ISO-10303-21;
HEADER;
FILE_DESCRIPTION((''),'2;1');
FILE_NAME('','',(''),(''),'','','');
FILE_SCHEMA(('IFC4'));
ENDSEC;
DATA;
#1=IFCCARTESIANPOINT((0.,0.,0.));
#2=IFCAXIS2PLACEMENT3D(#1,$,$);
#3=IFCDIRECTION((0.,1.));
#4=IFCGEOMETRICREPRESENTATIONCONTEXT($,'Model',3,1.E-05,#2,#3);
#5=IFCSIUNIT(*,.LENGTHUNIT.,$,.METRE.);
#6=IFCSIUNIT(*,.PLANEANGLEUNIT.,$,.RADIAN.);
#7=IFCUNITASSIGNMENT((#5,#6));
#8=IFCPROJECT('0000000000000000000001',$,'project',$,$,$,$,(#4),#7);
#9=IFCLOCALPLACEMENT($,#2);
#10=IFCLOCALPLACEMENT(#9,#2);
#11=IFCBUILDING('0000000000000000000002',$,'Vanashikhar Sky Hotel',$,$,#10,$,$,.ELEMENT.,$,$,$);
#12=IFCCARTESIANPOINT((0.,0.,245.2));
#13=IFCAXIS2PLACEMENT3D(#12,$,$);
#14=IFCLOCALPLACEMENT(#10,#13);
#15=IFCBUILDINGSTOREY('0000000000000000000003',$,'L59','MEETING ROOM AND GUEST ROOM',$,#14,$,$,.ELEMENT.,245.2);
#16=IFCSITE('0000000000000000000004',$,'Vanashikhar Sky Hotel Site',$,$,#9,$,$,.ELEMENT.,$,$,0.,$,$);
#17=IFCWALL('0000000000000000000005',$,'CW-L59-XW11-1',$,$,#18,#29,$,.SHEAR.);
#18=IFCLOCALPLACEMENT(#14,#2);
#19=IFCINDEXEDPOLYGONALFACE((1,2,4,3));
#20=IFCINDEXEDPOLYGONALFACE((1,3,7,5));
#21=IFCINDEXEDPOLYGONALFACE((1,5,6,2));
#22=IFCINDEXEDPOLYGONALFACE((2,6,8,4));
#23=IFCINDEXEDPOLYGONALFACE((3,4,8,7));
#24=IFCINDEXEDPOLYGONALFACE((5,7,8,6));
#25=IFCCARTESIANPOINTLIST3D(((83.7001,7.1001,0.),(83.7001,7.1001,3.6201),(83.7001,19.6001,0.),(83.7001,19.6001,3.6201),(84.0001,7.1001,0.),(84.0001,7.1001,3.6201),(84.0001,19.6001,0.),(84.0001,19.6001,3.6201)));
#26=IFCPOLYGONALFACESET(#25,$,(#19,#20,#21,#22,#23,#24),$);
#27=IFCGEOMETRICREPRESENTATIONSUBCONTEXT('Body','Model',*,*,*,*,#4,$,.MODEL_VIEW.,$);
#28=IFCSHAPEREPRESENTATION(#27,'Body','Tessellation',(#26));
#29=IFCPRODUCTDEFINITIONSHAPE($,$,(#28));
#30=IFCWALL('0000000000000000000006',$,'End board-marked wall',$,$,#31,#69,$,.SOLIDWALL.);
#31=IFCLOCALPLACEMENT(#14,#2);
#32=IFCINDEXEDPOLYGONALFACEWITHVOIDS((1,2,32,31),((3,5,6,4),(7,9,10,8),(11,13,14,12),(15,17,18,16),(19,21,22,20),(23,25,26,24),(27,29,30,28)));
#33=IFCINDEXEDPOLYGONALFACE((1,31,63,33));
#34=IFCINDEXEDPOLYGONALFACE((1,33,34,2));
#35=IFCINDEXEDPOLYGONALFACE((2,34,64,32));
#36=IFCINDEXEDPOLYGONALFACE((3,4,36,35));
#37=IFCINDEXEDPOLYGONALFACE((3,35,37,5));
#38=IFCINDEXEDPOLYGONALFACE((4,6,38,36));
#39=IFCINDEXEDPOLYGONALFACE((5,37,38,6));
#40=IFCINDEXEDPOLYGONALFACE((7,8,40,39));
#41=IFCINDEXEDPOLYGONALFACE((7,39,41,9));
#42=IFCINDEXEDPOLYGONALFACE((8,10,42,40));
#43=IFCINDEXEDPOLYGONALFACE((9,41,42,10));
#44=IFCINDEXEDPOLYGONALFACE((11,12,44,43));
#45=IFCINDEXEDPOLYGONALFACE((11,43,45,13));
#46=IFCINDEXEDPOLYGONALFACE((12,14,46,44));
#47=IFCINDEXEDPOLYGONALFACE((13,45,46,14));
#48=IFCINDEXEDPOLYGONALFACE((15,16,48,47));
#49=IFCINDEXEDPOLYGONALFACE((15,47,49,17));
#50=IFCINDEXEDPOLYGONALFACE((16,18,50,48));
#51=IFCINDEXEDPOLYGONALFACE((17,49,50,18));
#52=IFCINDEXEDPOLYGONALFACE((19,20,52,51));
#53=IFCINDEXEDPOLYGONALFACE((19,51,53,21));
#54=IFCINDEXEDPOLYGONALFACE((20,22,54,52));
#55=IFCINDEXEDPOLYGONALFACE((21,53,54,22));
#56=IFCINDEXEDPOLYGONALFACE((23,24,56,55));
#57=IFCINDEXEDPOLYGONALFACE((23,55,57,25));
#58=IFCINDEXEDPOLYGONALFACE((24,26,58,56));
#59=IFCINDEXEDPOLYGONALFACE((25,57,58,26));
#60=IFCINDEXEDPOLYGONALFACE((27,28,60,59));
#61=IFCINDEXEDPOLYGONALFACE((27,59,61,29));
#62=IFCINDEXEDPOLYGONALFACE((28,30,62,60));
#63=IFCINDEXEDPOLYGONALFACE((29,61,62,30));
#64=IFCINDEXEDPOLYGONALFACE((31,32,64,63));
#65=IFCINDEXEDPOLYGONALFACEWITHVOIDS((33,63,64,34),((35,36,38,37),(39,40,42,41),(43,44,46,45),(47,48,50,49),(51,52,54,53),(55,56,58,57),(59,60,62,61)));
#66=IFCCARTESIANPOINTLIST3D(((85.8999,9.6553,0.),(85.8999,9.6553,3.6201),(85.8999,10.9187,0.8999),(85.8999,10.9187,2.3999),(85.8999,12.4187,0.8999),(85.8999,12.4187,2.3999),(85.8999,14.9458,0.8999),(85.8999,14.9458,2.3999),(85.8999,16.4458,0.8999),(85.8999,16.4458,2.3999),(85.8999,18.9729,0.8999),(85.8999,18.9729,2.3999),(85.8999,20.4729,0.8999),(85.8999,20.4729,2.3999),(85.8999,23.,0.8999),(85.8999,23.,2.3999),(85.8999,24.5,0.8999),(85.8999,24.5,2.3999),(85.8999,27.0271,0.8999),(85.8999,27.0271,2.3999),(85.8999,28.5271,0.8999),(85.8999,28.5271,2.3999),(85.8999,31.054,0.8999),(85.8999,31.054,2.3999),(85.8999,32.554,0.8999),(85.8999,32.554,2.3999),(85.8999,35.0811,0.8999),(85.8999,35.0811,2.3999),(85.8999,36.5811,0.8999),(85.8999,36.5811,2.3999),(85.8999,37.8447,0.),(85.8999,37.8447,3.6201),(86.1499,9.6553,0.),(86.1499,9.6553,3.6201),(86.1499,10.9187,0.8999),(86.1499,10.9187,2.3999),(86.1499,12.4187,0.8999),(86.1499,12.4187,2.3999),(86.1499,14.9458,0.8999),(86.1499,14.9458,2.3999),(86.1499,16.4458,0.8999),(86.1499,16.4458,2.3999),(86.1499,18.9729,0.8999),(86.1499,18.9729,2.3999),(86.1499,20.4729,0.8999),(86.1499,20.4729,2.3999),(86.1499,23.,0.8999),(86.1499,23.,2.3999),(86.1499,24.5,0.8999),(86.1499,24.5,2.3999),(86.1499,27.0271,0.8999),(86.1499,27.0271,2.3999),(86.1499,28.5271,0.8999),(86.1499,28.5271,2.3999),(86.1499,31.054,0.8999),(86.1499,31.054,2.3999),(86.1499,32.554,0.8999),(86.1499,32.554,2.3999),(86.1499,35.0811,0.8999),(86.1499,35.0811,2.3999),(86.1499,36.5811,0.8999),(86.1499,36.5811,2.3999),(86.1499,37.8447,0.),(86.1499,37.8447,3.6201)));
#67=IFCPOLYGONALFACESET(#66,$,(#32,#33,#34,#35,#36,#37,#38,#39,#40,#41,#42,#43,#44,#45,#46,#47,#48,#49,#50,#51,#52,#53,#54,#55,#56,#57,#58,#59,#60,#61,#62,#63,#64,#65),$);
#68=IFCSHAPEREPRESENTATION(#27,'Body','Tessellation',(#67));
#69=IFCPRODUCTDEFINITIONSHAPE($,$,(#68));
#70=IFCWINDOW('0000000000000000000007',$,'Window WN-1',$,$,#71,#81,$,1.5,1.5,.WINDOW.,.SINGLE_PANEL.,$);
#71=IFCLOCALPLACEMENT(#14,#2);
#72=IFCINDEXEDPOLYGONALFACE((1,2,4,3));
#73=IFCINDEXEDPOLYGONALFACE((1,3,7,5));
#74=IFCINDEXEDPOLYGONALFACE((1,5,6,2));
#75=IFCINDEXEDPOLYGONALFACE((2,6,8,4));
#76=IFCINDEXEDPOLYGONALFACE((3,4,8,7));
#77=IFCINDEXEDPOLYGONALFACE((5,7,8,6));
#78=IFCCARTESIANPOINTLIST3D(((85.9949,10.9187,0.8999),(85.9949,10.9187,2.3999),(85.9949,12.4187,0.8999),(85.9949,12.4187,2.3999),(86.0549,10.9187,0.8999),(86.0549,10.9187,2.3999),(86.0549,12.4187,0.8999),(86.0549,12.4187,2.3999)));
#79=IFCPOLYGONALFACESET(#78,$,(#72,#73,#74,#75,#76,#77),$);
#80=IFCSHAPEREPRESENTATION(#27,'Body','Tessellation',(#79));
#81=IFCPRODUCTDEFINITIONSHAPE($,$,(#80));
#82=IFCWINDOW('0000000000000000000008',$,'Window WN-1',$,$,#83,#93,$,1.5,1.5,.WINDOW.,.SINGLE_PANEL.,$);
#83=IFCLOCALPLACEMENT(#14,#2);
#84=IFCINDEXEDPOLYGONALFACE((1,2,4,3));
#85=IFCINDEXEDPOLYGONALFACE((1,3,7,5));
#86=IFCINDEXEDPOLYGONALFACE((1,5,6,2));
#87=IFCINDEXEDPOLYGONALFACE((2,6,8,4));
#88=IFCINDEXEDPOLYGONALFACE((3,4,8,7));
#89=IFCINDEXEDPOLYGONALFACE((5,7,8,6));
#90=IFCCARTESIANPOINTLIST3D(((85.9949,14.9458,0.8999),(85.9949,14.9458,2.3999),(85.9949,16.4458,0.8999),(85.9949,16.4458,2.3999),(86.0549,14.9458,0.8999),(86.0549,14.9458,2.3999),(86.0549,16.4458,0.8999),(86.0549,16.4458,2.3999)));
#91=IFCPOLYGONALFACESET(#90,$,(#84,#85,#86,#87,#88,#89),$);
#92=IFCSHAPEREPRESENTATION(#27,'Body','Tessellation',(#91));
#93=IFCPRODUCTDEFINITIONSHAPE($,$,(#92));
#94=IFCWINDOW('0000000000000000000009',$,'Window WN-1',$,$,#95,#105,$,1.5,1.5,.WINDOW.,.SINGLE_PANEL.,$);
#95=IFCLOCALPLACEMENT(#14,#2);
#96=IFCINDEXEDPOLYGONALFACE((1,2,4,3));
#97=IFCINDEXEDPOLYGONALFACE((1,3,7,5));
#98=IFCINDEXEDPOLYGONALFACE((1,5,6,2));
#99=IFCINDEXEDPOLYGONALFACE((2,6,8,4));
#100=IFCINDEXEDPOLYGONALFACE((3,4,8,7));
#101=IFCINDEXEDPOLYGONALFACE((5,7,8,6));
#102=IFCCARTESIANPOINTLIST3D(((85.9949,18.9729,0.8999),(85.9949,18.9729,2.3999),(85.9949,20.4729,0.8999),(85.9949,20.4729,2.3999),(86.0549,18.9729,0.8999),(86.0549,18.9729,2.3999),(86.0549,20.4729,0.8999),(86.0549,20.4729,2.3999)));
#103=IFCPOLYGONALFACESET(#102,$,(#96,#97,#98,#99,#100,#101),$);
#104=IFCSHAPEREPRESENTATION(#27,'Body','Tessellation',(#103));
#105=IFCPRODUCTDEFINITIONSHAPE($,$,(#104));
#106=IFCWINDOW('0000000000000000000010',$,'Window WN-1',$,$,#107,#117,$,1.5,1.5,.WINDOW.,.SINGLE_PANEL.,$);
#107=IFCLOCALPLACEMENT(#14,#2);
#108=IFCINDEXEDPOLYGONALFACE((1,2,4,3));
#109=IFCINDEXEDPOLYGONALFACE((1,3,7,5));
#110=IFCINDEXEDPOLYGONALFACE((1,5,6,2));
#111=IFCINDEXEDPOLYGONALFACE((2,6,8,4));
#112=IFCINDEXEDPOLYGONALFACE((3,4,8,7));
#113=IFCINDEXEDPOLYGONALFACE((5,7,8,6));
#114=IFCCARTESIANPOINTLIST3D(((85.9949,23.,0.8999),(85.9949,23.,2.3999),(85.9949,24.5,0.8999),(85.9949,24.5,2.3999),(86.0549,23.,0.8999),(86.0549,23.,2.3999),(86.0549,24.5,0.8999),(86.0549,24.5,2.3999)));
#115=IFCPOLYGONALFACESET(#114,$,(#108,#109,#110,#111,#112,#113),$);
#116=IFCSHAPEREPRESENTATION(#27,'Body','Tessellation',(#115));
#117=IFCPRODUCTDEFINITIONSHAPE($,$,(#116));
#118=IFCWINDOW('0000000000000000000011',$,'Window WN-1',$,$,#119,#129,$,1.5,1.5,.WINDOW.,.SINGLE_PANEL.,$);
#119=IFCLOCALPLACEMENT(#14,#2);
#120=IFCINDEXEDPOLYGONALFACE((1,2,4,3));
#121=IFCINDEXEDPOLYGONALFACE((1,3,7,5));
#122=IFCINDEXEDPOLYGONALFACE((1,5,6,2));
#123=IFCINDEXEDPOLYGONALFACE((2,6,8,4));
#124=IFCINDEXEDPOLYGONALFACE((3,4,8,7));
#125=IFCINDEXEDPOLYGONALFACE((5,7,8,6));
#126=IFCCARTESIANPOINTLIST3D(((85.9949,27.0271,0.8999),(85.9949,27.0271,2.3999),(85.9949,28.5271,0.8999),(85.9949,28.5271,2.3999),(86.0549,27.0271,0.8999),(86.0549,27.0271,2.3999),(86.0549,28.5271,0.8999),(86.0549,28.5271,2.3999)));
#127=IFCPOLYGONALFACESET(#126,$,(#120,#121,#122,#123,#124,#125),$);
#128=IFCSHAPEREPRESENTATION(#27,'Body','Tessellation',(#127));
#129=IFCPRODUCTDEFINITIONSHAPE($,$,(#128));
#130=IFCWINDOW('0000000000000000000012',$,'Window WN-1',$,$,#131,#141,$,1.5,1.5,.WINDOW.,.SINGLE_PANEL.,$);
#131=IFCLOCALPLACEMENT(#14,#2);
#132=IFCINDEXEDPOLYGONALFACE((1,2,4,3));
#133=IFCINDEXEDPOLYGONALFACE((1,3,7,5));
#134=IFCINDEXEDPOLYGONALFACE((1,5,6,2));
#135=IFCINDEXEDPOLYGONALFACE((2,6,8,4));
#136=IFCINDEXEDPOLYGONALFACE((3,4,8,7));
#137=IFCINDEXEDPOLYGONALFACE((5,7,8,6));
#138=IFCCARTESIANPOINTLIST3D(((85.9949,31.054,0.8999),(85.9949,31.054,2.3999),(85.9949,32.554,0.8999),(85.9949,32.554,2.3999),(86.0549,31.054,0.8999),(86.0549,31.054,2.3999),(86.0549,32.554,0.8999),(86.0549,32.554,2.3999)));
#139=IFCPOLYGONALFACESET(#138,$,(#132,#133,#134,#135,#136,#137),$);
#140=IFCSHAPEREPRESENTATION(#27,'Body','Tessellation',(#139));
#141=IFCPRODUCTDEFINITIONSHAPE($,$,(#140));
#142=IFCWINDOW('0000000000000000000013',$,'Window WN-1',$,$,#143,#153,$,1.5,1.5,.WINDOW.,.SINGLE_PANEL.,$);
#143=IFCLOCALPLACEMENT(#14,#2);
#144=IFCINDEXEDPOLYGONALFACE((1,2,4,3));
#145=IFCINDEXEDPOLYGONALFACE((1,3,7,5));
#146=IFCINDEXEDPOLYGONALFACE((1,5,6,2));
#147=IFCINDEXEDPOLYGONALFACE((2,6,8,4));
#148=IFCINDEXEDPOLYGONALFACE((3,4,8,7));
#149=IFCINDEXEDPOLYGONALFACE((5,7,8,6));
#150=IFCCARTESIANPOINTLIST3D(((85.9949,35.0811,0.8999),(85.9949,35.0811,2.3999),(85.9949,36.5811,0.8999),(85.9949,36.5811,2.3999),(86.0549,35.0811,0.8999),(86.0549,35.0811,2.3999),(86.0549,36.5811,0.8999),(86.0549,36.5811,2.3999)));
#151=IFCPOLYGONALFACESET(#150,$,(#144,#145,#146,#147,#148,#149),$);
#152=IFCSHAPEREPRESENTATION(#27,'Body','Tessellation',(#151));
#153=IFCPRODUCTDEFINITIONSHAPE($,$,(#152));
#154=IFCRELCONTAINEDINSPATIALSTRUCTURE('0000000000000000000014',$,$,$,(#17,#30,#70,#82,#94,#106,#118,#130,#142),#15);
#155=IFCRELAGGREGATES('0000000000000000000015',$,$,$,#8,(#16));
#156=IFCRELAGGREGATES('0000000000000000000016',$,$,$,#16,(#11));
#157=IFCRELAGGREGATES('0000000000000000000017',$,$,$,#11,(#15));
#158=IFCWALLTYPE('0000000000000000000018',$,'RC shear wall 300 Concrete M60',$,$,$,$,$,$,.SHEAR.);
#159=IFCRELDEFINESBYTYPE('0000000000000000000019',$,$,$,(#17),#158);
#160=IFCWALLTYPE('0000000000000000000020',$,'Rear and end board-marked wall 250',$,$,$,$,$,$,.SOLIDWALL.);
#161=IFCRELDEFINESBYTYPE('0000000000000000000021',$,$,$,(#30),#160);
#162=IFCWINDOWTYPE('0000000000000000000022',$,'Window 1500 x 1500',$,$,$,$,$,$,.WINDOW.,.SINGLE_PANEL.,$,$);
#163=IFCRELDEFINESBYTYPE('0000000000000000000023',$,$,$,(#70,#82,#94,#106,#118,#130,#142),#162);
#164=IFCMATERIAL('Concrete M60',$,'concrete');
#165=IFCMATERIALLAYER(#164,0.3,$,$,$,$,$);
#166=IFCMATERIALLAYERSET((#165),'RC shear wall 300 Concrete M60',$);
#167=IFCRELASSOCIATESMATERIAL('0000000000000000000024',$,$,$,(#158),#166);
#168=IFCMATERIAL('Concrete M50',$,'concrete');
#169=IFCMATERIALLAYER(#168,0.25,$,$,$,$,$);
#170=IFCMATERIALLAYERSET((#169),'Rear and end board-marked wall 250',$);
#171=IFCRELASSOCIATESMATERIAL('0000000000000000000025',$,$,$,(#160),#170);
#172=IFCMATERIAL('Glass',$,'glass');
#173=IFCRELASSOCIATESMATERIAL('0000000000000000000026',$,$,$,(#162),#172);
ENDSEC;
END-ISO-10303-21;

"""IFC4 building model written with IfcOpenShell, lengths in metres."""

from ifc_helpers import new_model, si_unit, direction, frame, frame_2d, origin, place, context, subcontext, project, spatial, rectangle, extrude, source, transform, mapped, material, layer, layer_set, type_object, element, fill, save


model = new_model("IFC4")

# Units and contexts
model_context = context("Model", 3, precision=1e-05, world=origin(), true_north=direction((0.0, 1.0)))
body_context = subcontext(model_context, "Body", "Model", "MODEL_VIEW")
ifc_project = project(units=[si_unit("LENGTHUNIT", "METRE"), si_unit("PLANEANGLEUNIT", "RADIAN")], contexts=[model_context])

# Site, building, storey
site_placement = place(None, origin())
site = spatial("IfcSite", under=ifc_project, at=site_placement, Name="Vanashikhar Sky Hotel Site", CompositionType="ELEMENT", RefElevation=0.0)
building_placement = place(site_placement, origin())
building = spatial("IfcBuilding", under=site, at=building_placement, Name="Vanashikhar Sky Hotel", CompositionType="ELEMENT")
storey_placement = place(building_placement, frame((0.0, 0.0, 245.2)))
storey = spatial("IfcBuildingStorey", under=building, at=storey_placement, Name="L59", Description="MEETING ROOM AND GUEST ROOM", CompositionType="ELEMENT", Elevation=245.2)

# Wall
ifc_material_1 = material(Name="Concrete M60", Category="concrete")
ifc_layer_1 = layer(ifc_material_1, 0.3)
ifc_layer_set_1 = layer_set([ifc_layer_1], Name="RC shear wall 300 Concrete M60")
wall_type_1 = type_object("IfcWallType", Name="RC shear wall 300 Concrete M60", PredefinedType="SHEAR", material=ifc_layer_set_1)
shared_shape_1 = source(origin(), body_context, "Body", "SweptSolid", [
    extrude(rectangle(XDim=12.5, YDim=0.3, at=frame_2d((6.25, 0.0))), origin(), (0.0, 0.0, 1.0), 3.6201),
])
wall_1_placement = place(storey_placement, frame((83.8501, 7.1001, 0.0), z_axis=(0.0, 0.0, 1.0), x_axis=(0.0, 1.0, 0.0)))
element("IfcWall", 1, at=wall_1_placement, inside=storey, type_object=wall_type_1, Name="CW-L59-XW11-1", PredefinedType="SHEAR", context=body_context, shape_type="MappedRepresentation", body=[
    mapped(shared_shape_1, transform((0.0, 0.0, 0.0), scale=1.0)),
])

# Wall, openings, windows
ifc_material_2 = material(Name="Concrete M50", Category="concrete")
ifc_layer_2 = layer(ifc_material_2, 0.25)
ifc_layer_set_2 = layer_set([ifc_layer_2], Name="Rear and end board-marked wall 250")
wall_type_2 = type_object("IfcWallType", Name="Rear and end board-marked wall 250", PredefinedType="SOLIDWALL", material=ifc_layer_set_2)
shared_shape_2 = source(origin(), body_context, "Body", "SweptSolid", [
    extrude(rectangle(XDim=28.1895, YDim=0.25, at=frame_2d((14.0947, 0.0))), origin(), (0.0, 0.0, 1.0), 3.6201),
])
wall_2_placement = place(storey_placement, frame((86.0249, 9.6553, 0.0), z_axis=(0.0, 0.0, 1.0), x_axis=(0.0, 1.0, 0.0)))
wall_2 = element("IfcWall", 2, at=wall_2_placement, inside=storey, type_object=wall_type_2, Name="End board-marked wall", PredefinedType="SOLIDWALL", context=body_context, shape_type="MappedRepresentation", body=[
    mapped(shared_shape_2, transform((0.0, 0.0, 0.0), scale=1.0)),
])
shared_shape_3 = source(origin(), body_context, "Body", "SweptSolid", [
    extrude(rectangle(XDim=1.5, YDim=1.5, at=frame_2d((0.75, 0.75))), frame((0.0, 0.135, 0.0), z_axis=(0.0, -1.0, 0.0), x_axis=(1.0, 0.0, 0.0)), (0.0, 0.0, 1.0), 0.27),
])
opening_1_placement = place(wall_2_placement, frame((1.2634, 0.0, 0.8999)))
opening_1 = element("IfcOpeningElement", 3, at=opening_1_placement, cuts=wall_2, PredefinedType="OPENING", context=body_context, shape_type="MappedRepresentation", body=[
    mapped(shared_shape_3, transform((0.0, 0.0, 0.0), scale=1.0)),
])
opening_2_placement = place(wall_2_placement, frame((5.2905, 0.0, 0.8999)))
opening_2 = element("IfcOpeningElement", 4, at=opening_2_placement, cuts=wall_2, PredefinedType="OPENING", context=body_context, shape_type="MappedRepresentation", body=[
    mapped(shared_shape_3, transform((0.0, 0.0, 0.0), scale=1.0)),
])
opening_3_placement = place(wall_2_placement, frame((9.3176, 0.0, 0.8999)))
opening_3 = element("IfcOpeningElement", 5, at=opening_3_placement, cuts=wall_2, PredefinedType="OPENING", context=body_context, shape_type="MappedRepresentation", body=[
    mapped(shared_shape_3, transform((0.0, 0.0, 0.0), scale=1.0)),
])
opening_4_placement = place(wall_2_placement, frame((13.3447, 0.0, 0.8999)))
opening_4 = element("IfcOpeningElement", 6, at=opening_4_placement, cuts=wall_2, PredefinedType="OPENING", context=body_context, shape_type="MappedRepresentation", body=[
    mapped(shared_shape_3, transform((0.0, 0.0, 0.0), scale=1.0)),
])
opening_5_placement = place(wall_2_placement, frame((17.3718, 0.0, 0.8999)))
opening_5 = element("IfcOpeningElement", 7, at=opening_5_placement, cuts=wall_2, PredefinedType="OPENING", context=body_context, shape_type="MappedRepresentation", body=[
    mapped(shared_shape_3, transform((0.0, 0.0, 0.0), scale=1.0)),
])
opening_6_placement = place(wall_2_placement, frame((21.3987, 0.0, 0.8999)))
opening_6 = element("IfcOpeningElement", 8, at=opening_6_placement, cuts=wall_2, PredefinedType="OPENING", context=body_context, shape_type="MappedRepresentation", body=[
    mapped(shared_shape_3, transform((0.0, 0.0, 0.0), scale=1.0)),
])
opening_7_placement = place(wall_2_placement, frame((25.4258, 0.0, 0.8999)))
opening_7 = element("IfcOpeningElement", 9, at=opening_7_placement, cuts=wall_2, PredefinedType="OPENING", context=body_context, shape_type="MappedRepresentation", body=[
    mapped(shared_shape_3, transform((0.0, 0.0, 0.0), scale=1.0)),
])
ifc_material_3 = material(Name="Glass", Category="glass")
window_type = type_object("IfcWindowType", Name="Window 1500 x 1500", PartitioningType="SINGLE_PANEL", PredefinedType="WINDOW", material=ifc_material_3)
shared_shape_4 = source(origin(), body_context, "Body", "SweptSolid", [
    extrude(rectangle(XDim=1.5, YDim=1.5, at=frame_2d((0.75, 0.75))), frame((0.0, 0.03, 0.0), z_axis=(0.0, -1.0, 0.0), x_axis=(1.0, 0.0, 0.0)), (0.0, 0.0, 1.0), 0.0601),
])
window_1_placement = place(opening_1_placement, origin())
window_1 = element("IfcWindow", 10, at=window_1_placement, inside=storey, type_object=window_type, Name="Window WN-1", OverallHeight=1.5, OverallWidth=1.5, PartitioningType="SINGLE_PANEL", PredefinedType="WINDOW", context=body_context, shape_type="MappedRepresentation", body=[
    mapped(shared_shape_4, transform((0.0, 0.0, 0.0), scale=1.0)),
])
fill(opening_1, window_1)
window_2_placement = place(opening_2_placement, origin())
window_2 = element("IfcWindow", 11, at=window_2_placement, inside=storey, type_object=window_type, Name="Window WN-1", OverallHeight=1.5, OverallWidth=1.5, PartitioningType="SINGLE_PANEL", PredefinedType="WINDOW", context=body_context, shape_type="MappedRepresentation", body=[
    mapped(shared_shape_4, transform((0.0, 0.0, 0.0), scale=1.0)),
])
fill(opening_2, window_2)
window_3_placement = place(opening_3_placement, origin())
window_3 = element("IfcWindow", 12, at=window_3_placement, inside=storey, type_object=window_type, Name="Window WN-1", OverallHeight=1.5, OverallWidth=1.5, PartitioningType="SINGLE_PANEL", PredefinedType="WINDOW", context=body_context, shape_type="MappedRepresentation", body=[
    mapped(shared_shape_4, transform((0.0, 0.0, 0.0), scale=1.0)),
])
fill(opening_3, window_3)
window_4_placement = place(opening_4_placement, origin())
window_4 = element("IfcWindow", 13, at=window_4_placement, inside=storey, type_object=window_type, Name="Window WN-1", OverallHeight=1.5, OverallWidth=1.5, PartitioningType="SINGLE_PANEL", PredefinedType="WINDOW", context=body_context, shape_type="MappedRepresentation", body=[
    mapped(shared_shape_4, transform((0.0, 0.0, 0.0), scale=1.0)),
])
fill(opening_4, window_4)
window_5_placement = place(opening_5_placement, origin())
window_5 = element("IfcWindow", 14, at=window_5_placement, inside=storey, type_object=window_type, Name="Window WN-1", OverallHeight=1.5, OverallWidth=1.5, PartitioningType="SINGLE_PANEL", PredefinedType="WINDOW", context=body_context, shape_type="MappedRepresentation", body=[
    mapped(shared_shape_4, transform((0.0, 0.0, 0.0), scale=1.0)),
])
fill(opening_5, window_5)
window_6_placement = place(opening_6_placement, origin())
window_6 = element("IfcWindow", 15, at=window_6_placement, inside=storey, type_object=window_type, Name="Window WN-1", OverallHeight=1.5, OverallWidth=1.5, PartitioningType="SINGLE_PANEL", PredefinedType="WINDOW", context=body_context, shape_type="MappedRepresentation", body=[
    mapped(shared_shape_4, transform((0.0, 0.0, 0.0), scale=1.0)),
])
fill(opening_6, window_6)
window_7_placement = place(opening_7_placement, origin())
window_7 = element("IfcWindow", 16, at=window_7_placement, inside=storey, type_object=window_type, Name="Window WN-1", OverallHeight=1.5, OverallWidth=1.5, PartitioningType="SINGLE_PANEL", PredefinedType="WINDOW", context=body_context, shape_type="MappedRepresentation", body=[
    mapped(shared_shape_4, transform((0.0, 0.0, 0.0), scale=1.0)),
])
fill(opening_7, window_7)

save(model, "model.ifc")
